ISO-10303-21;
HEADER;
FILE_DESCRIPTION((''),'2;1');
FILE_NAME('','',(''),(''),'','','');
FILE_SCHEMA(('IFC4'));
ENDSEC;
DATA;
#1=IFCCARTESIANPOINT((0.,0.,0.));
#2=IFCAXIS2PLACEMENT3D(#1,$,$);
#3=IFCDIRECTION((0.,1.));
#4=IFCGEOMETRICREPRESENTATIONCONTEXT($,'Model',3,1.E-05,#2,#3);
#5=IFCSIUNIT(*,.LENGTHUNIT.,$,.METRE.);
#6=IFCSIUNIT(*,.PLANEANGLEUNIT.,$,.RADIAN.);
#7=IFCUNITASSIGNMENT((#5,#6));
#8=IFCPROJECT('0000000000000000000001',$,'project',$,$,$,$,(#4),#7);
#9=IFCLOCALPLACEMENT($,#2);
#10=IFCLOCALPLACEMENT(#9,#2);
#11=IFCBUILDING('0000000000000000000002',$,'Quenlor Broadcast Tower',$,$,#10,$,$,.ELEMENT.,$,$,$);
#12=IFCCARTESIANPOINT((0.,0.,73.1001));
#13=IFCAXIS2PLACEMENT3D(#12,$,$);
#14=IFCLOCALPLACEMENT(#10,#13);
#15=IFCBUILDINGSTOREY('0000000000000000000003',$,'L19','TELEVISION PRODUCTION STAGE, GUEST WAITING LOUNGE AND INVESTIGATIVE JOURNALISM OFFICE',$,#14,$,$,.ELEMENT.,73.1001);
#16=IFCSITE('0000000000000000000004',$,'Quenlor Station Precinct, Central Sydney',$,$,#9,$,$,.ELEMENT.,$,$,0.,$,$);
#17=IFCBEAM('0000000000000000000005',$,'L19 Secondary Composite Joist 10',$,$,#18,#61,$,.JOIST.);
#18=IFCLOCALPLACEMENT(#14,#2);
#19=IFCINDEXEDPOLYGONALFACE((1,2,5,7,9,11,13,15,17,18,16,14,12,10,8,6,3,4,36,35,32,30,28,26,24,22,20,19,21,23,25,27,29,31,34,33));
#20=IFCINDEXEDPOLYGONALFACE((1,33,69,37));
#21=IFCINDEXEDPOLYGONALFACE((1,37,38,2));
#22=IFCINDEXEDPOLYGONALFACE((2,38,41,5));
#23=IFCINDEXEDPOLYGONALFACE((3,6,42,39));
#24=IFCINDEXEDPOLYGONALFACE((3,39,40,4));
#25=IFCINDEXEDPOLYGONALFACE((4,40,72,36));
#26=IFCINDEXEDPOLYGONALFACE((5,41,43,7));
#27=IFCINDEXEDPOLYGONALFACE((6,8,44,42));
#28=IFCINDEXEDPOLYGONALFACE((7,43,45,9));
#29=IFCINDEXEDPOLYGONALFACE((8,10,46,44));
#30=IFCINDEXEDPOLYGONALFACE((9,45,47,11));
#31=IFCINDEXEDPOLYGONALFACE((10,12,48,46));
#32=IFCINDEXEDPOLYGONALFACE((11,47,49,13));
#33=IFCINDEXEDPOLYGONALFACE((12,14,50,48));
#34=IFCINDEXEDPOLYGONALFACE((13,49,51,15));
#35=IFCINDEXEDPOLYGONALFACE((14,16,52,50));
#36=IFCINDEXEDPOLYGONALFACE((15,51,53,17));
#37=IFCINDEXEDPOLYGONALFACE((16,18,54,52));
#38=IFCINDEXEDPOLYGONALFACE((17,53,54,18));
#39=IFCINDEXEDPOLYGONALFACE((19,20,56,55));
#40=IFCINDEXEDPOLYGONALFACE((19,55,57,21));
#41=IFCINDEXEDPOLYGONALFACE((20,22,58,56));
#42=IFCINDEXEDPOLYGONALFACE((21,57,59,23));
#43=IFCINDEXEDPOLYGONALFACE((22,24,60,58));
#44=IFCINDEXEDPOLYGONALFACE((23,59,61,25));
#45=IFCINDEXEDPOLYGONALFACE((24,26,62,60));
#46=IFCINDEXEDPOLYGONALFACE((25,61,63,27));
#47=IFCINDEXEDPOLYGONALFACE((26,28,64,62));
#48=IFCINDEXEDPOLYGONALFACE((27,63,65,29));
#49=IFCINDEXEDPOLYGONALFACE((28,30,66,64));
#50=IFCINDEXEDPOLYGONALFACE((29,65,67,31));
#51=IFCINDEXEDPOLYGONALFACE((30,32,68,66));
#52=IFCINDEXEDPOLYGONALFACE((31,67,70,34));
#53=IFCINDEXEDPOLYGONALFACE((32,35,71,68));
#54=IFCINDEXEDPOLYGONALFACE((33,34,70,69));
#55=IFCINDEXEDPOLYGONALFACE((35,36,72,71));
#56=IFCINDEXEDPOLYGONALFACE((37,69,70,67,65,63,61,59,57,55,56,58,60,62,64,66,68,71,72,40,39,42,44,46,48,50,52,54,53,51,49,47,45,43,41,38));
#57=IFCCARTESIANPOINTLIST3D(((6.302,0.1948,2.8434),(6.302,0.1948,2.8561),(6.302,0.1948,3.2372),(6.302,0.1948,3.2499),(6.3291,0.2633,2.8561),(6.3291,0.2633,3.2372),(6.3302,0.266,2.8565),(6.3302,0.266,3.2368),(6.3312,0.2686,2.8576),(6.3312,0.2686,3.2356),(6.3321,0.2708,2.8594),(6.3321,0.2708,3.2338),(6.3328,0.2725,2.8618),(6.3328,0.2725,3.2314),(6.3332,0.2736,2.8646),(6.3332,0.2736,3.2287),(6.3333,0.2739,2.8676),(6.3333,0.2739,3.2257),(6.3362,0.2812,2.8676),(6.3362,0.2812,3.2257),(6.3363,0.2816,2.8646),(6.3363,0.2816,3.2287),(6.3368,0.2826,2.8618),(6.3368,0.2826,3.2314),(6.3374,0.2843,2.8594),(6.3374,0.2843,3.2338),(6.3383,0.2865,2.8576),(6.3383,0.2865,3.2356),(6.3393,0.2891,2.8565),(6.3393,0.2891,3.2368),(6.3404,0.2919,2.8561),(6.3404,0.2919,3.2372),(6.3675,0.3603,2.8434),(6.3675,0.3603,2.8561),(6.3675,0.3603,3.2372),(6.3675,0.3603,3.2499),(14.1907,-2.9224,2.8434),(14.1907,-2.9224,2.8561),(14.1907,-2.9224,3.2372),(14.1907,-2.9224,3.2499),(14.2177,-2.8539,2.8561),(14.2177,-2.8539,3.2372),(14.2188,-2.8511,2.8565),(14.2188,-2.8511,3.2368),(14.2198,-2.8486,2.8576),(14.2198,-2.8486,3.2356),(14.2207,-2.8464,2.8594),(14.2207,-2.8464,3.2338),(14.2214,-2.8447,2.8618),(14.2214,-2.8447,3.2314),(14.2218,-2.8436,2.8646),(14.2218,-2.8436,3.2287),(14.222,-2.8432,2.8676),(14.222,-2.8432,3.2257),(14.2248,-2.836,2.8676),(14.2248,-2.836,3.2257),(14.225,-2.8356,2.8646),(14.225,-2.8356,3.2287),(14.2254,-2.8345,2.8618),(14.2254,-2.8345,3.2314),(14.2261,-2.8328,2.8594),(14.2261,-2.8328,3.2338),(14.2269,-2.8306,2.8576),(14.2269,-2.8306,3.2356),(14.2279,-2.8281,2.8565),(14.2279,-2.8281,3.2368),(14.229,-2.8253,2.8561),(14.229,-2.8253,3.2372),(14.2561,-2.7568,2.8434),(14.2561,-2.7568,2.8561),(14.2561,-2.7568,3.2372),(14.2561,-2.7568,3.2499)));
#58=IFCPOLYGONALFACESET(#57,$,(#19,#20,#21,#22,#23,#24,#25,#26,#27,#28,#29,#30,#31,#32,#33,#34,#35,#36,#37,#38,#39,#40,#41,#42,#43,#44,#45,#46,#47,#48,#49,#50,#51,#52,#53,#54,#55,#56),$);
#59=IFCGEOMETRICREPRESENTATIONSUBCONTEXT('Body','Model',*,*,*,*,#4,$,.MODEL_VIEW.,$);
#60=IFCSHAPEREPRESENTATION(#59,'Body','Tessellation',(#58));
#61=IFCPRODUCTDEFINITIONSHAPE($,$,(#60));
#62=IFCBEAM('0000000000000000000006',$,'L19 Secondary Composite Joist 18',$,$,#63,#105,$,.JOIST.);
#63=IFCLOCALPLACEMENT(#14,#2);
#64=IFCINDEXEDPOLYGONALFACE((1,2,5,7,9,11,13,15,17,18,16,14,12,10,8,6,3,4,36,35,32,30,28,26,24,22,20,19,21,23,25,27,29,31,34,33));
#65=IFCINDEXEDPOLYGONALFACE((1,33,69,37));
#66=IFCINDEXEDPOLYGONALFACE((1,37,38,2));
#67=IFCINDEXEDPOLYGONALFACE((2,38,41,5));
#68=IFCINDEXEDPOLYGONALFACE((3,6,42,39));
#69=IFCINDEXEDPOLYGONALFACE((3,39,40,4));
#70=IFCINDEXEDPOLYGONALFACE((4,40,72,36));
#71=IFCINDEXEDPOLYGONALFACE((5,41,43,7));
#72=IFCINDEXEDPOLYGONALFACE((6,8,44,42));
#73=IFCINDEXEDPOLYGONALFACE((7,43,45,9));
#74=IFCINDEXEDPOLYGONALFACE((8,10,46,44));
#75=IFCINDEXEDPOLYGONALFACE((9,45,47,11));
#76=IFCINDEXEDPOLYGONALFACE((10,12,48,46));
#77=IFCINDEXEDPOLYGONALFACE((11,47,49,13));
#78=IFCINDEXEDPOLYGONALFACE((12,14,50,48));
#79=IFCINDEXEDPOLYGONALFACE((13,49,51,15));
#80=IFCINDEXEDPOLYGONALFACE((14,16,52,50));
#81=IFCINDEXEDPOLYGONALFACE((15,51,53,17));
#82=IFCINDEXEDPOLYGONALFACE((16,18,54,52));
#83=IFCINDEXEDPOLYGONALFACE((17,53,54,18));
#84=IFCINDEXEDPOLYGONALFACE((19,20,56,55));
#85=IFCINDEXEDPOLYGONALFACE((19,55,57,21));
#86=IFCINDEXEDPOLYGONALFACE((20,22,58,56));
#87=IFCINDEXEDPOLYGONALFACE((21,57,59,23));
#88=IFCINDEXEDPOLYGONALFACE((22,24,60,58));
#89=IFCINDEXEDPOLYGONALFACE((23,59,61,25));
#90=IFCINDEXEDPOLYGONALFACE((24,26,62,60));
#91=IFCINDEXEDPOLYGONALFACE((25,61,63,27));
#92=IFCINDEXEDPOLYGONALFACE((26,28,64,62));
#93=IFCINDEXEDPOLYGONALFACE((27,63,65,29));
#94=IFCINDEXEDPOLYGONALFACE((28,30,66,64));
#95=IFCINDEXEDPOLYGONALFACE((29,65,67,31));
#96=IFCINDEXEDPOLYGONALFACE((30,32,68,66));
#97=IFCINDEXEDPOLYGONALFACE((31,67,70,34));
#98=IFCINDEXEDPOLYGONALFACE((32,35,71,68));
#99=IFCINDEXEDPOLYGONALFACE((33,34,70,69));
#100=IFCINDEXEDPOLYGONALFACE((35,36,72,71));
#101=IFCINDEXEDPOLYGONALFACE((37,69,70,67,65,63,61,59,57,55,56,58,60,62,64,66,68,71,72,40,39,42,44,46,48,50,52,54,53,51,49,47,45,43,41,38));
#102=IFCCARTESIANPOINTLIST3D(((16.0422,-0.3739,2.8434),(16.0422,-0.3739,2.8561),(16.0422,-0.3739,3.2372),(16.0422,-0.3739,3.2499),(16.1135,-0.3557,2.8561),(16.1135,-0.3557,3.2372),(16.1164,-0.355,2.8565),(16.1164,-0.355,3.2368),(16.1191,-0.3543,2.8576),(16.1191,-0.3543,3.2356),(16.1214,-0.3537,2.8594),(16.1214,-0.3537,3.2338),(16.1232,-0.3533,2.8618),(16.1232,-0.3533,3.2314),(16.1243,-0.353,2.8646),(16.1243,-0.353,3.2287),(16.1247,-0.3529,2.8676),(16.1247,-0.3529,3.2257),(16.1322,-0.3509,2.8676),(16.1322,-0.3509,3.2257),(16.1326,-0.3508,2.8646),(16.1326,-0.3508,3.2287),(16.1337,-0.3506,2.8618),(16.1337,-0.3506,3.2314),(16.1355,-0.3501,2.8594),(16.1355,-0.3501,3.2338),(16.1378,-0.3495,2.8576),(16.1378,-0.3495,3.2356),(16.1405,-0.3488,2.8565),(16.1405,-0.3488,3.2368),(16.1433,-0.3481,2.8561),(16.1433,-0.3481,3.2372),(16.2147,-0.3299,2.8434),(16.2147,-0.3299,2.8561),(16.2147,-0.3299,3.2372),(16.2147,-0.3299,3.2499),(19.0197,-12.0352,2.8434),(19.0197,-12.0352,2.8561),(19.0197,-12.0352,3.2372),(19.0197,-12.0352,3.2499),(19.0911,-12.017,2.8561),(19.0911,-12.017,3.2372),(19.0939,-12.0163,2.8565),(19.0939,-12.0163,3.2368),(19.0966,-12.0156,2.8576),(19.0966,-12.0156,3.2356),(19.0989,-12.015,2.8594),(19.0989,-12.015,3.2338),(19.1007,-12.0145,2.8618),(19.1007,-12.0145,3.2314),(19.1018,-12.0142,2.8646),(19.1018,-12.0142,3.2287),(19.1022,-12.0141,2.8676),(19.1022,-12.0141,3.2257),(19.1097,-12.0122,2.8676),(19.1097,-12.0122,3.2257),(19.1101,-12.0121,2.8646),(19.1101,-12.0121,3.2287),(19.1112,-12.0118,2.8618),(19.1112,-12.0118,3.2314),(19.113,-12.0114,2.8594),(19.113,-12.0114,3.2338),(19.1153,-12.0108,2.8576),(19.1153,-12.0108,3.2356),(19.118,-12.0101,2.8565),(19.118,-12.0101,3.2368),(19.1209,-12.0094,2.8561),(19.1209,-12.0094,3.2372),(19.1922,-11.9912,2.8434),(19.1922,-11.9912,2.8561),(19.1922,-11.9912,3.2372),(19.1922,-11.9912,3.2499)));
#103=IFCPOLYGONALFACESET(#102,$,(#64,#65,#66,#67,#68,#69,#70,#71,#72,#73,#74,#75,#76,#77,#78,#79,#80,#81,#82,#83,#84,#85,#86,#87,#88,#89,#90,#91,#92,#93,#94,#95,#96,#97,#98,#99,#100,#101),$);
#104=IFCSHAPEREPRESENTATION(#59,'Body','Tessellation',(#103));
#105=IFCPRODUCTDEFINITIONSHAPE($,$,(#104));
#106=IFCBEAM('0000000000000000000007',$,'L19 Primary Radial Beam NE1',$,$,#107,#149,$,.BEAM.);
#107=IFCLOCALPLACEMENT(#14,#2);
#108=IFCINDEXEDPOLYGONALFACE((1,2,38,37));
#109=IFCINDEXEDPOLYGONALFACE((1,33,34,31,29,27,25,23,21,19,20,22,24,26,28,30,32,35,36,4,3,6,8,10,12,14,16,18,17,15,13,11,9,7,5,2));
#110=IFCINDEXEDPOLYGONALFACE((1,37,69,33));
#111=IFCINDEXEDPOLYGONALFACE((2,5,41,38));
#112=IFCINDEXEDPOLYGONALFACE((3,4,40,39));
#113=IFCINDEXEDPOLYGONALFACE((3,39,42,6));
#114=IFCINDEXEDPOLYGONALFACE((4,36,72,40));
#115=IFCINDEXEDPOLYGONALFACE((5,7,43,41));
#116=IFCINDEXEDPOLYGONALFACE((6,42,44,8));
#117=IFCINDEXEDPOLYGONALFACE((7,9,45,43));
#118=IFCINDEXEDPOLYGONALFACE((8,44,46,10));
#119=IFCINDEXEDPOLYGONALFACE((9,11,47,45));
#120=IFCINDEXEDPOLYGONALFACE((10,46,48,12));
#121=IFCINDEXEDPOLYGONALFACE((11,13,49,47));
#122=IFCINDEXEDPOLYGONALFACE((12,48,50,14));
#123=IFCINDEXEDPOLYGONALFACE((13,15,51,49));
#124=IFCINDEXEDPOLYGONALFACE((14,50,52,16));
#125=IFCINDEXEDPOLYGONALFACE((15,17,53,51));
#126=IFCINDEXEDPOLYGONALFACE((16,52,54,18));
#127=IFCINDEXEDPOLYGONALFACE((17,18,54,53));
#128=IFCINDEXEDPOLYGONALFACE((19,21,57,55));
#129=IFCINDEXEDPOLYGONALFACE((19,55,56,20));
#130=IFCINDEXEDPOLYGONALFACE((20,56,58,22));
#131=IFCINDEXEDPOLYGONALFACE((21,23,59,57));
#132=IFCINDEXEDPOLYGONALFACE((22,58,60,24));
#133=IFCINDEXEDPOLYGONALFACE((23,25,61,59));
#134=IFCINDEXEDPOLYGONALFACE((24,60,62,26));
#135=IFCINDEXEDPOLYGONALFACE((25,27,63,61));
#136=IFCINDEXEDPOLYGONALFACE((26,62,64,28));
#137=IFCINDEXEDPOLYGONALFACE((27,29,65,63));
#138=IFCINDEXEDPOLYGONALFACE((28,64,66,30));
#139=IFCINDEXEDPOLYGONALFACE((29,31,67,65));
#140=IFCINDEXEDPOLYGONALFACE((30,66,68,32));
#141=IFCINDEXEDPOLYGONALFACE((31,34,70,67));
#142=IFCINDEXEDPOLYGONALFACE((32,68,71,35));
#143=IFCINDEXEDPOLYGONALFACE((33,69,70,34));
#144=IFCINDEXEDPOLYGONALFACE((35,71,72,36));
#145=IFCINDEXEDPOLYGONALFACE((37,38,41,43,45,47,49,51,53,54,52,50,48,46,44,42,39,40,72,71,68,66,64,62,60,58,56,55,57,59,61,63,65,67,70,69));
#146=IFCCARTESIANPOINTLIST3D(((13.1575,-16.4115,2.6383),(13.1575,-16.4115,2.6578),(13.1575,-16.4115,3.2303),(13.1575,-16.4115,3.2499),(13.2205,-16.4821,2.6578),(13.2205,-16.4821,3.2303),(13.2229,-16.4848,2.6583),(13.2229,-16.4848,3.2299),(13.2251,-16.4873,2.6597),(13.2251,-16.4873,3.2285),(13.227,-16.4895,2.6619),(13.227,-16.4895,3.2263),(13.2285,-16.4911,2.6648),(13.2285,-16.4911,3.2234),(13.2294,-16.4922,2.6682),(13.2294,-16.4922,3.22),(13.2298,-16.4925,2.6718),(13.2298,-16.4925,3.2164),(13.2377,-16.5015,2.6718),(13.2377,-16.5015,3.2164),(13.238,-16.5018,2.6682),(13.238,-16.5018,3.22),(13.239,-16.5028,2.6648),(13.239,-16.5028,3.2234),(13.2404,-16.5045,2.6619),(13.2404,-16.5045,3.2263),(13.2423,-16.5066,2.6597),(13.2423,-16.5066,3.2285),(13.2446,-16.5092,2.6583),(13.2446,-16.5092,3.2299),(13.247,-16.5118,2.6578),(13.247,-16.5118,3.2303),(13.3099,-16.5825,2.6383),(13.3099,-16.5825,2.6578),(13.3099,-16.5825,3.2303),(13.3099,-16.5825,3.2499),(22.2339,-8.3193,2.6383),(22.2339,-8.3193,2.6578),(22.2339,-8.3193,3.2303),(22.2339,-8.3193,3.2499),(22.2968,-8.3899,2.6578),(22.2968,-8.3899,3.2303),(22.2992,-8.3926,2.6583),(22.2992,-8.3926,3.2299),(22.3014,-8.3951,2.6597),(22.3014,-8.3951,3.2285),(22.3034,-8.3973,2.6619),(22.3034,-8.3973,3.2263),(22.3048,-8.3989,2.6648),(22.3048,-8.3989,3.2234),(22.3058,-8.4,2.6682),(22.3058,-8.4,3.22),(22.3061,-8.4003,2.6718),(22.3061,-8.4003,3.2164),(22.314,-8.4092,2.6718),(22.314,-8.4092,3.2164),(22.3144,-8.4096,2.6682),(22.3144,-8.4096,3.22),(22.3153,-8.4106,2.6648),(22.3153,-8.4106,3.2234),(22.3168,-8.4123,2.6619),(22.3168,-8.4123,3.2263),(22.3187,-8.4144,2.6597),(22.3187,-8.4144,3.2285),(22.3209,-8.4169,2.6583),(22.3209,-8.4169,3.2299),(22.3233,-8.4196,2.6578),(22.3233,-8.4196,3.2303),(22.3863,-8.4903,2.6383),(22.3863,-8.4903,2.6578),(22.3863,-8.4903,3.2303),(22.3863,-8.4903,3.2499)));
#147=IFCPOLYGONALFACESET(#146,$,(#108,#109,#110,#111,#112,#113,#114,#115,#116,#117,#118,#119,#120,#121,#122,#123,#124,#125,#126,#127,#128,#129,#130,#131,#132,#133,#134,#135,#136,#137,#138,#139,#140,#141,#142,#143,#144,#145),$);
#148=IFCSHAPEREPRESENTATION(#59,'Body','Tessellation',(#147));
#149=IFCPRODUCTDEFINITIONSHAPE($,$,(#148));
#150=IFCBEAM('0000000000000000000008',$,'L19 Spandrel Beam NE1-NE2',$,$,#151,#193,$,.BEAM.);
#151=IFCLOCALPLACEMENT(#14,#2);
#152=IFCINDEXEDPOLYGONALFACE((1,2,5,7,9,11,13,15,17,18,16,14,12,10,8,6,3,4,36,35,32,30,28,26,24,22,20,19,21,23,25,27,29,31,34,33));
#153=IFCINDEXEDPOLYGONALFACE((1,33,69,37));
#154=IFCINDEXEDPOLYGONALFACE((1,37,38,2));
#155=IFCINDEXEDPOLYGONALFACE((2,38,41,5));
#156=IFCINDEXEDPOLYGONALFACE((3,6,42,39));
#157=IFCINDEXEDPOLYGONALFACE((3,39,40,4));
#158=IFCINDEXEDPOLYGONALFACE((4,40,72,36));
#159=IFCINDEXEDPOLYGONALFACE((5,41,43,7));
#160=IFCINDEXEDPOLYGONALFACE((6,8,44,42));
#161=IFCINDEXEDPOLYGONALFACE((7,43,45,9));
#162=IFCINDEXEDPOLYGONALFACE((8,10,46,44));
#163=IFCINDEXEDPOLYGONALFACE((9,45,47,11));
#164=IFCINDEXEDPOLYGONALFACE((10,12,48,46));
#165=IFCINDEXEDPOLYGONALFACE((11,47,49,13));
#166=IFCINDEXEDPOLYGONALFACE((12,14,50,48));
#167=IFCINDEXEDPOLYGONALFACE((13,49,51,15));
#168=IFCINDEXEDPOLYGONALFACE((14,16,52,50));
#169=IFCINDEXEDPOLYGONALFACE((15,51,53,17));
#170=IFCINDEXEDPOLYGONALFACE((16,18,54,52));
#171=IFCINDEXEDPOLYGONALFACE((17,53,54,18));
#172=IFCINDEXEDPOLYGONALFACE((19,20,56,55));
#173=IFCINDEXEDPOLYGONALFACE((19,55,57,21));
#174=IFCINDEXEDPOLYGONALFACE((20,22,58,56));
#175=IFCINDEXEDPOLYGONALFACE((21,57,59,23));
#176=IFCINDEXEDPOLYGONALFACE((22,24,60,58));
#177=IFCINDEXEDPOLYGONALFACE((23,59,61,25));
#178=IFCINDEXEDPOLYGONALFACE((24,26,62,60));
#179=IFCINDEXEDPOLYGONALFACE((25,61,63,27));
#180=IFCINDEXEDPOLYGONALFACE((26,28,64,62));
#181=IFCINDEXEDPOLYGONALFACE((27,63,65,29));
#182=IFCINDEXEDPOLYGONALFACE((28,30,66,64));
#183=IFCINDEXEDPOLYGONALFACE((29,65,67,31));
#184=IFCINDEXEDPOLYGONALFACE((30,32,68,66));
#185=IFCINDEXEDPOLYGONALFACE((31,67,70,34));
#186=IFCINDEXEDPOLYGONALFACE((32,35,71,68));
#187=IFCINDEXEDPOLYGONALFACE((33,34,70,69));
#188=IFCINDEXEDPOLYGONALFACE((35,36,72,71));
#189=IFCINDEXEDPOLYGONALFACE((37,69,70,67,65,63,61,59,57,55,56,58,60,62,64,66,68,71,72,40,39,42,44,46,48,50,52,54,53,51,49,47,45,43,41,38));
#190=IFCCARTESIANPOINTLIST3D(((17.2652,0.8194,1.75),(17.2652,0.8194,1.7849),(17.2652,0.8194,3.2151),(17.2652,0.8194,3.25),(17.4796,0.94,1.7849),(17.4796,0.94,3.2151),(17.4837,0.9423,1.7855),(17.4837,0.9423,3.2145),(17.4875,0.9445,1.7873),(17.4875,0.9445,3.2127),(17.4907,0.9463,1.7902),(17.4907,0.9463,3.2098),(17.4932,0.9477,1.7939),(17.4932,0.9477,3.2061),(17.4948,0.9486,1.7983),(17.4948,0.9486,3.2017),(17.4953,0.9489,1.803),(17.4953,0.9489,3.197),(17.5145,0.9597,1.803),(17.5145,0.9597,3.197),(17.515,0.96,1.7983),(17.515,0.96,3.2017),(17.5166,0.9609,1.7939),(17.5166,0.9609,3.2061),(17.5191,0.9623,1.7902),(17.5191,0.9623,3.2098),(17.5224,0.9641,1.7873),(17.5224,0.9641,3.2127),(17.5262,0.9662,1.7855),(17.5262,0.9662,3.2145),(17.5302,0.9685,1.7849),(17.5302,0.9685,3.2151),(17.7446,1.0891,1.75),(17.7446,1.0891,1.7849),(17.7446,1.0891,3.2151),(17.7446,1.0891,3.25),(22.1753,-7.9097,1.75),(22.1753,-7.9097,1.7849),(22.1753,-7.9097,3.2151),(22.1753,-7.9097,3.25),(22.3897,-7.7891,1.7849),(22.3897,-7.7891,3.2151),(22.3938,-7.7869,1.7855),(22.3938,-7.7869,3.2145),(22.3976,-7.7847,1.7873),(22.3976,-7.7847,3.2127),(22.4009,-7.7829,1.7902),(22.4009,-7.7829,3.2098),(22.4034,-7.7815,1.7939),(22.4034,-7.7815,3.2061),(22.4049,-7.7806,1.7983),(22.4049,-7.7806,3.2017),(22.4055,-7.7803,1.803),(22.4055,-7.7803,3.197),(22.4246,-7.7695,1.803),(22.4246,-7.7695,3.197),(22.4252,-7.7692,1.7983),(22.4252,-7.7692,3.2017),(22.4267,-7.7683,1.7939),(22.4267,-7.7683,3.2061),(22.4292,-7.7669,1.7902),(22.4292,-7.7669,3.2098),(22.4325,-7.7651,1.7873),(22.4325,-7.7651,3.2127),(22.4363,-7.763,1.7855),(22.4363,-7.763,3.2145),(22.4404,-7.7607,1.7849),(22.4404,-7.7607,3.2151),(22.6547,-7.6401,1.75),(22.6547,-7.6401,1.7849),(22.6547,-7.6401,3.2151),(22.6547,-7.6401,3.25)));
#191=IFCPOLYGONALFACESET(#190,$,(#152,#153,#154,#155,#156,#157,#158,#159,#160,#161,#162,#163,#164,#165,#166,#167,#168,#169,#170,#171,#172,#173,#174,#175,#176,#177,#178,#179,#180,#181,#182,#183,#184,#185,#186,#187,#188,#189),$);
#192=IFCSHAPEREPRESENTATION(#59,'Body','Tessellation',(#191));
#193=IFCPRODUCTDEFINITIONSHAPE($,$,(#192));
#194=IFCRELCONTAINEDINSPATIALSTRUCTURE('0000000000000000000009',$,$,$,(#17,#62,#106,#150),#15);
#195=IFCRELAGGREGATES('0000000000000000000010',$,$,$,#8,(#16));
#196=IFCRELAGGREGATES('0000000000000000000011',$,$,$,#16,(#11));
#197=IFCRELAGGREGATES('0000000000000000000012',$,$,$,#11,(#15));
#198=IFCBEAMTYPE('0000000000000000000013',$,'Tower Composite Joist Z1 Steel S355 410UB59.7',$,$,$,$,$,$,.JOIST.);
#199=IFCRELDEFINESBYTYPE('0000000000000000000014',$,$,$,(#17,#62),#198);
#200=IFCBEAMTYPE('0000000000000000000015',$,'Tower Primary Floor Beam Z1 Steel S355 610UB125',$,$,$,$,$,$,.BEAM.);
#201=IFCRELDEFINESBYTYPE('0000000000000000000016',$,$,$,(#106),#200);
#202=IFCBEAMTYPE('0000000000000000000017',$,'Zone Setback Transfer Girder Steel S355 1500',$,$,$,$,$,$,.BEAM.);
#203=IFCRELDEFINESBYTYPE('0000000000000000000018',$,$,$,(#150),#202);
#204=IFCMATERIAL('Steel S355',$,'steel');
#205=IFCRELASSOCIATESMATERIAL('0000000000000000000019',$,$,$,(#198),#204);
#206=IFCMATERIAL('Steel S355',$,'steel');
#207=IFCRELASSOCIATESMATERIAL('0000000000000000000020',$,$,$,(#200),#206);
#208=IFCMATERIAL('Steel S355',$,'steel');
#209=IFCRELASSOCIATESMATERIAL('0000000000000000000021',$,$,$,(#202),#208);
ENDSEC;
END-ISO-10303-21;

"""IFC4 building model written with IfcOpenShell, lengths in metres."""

from ifc_helpers import new_model, si_unit, direction, frame, origin, origin_2d, place, context, subcontext, project, spatial, i_section, extrude, material, material_profile, profile_set, type_object, element, save


model = new_model("IFC4")

# Units and contexts
model_context = context("Model", 3, precision=1e-05, world=origin(), true_north=direction((0.0, 1.0)))
body_context = subcontext(model_context, "Body", "Model", "MODEL_VIEW")
ifc_project = project(units=[si_unit("LENGTHUNIT", "METRE"), si_unit("PLANEANGLEUNIT", "RADIAN")], contexts=[model_context])

# Site, building, storey
site_placement = place(None, origin())
site = spatial("IfcSite", under=ifc_project, at=site_placement, Name="Quenlor Station Precinct, Central Sydney", CompositionType="ELEMENT", RefElevation=0.0)
building_placement = place(site_placement, origin())
building = spatial("IfcBuilding", under=site, at=building_placement, Name="Quenlor Broadcast Tower", CompositionType="ELEMENT")
storey_placement = place(building_placement, frame((0.0, 0.0, 73.1001)))
storey = spatial("IfcBuildingStorey", under=building, at=storey_placement, Name="L19", Description="TELEVISION PRODUCTION STAGE, GUEST WAITING LOUNGE AND INVESTIGATIVE JOURNALISM OFFICE", CompositionType="ELEMENT", Elevation=73.1001)

# Beams
ifc_material_1 = material(Name="Steel S355", Category="steel")
ifc_material_profile_1 = material_profile(ifc_material_1, i_section(OverallWidth=0.178, OverallDepth=0.4065, WebThickness=0.0078, FlangeThickness=0.0127, FilletRadius=0.0115, at=origin_2d()))
ifc_profile_set_1 = profile_set([ifc_material_profile_1], Name="Steel S355 410UB59.7")
beam_type_1 = type_object("IfcBeamType", Name="Tower Composite Joist Z1 Steel S355 410UB59.7", PredefinedType="JOIST", material=ifc_profile_set_1)
beam_1_placement = place(storey_placement, frame((14.2234, -2.8396, 3.0466), z_axis=(-0.930025, 0.367497, 0.0), x_axis=(-0.367497, -0.930025, 0.0)))
element("IfcBeam", 1, at=beam_1_placement, inside=storey, type_object=beam_type_1, Name="L19 Secondary Composite Joist 10", PredefinedType="JOIST", context=body_context, shape_type="SweptSolid", body=[
    extrude(i_section(OverallWidth=0.178, OverallDepth=0.4065, WebThickness=0.0078, FlangeThickness=0.0127, FilletRadius=0.0115, at=origin_2d()), origin(), (0.0, 0.0, 1.0), 8.4822),
])
beam_2_placement = place(storey_placement, frame((19.106, -12.0132, 3.0466), z_axis=(-0.247396, 0.968914, 0.0), x_axis=(-0.968914, -0.247396, 0.0)))
element("IfcBeam", 2, at=beam_2_placement, inside=storey, type_object=beam_type_1, Name="L19 Secondary Composite Joist 18", PredefinedType="JOIST", context=body_context, shape_type="SweptSolid", body=[
    extrude(i_section(OverallWidth=0.178, OverallDepth=0.4065, WebThickness=0.0078, FlangeThickness=0.0127, FilletRadius=0.0115, at=origin_2d()), origin(), (0.0, 0.0, 1.0), 12.0354),
])
ifc_material_2 = material(Name="Steel S355", Category="steel")
ifc_material_profile_2 = material_profile(ifc_material_2, i_section(OverallWidth=0.229, OverallDepth=0.6116, WebThickness=0.012, FlangeThickness=0.0195, FilletRadius=0.0139, at=origin_2d()))
ifc_profile_set_2 = profile_set([ifc_material_profile_2], Name="Steel S355 610UB125")
beam_type_2 = type_object("IfcBeamType", Name="Tower Primary Floor Beam Z1 Steel S355 610UB125", PredefinedType="BEAM", material=ifc_profile_set_2)
beam_3_placement = place(storey_placement, frame((22.3101, -8.4048, 2.9441), z_axis=(-0.746414, -0.665482, 0.0), x_axis=(0.665482, -0.746414, 0.0)))
element("IfcBeam", 3, at=beam_3_placement, inside=storey, type_object=beam_type_2, Name="L19 Primary Radial Beam NE1", PredefinedType="BEAM", context=body_context, shape_type="SweptSolid", body=[
    extrude(i_section(OverallWidth=0.229, OverallDepth=0.6116, WebThickness=0.012, FlangeThickness=0.0195, FilletRadius=0.0139, at=origin_2d()), origin(), (0.0, 0.0, 1.0), 12.1599),
])
ifc_material_3 = material(Name="Steel S355", Category="steel")
ifc_material_profile_3 = material_profile(ifc_material_3, i_section(OverallWidth=0.55, OverallDepth=1.5, WebThickness=0.022, FlangeThickness=0.0349, FilletRadius=0.0181, at=origin_2d()))
ifc_profile_set_3 = profile_set([ifc_material_profile_3], Name="Steel S355 1500TG510")
beam_type_3 = type_object("IfcBeamType", Name="Zone Setback Transfer Girder Steel S355 1500", PredefinedType="BEAM", material=ifc_profile_set_3)
beam_4_placement = place(storey_placement, frame((22.415, -7.7749, 2.5), z_axis=(-0.490258, 0.871577, 0.0), x_axis=(-0.871577, -0.490258, 0.0)))
element("IfcBeam", 4, at=beam_4_placement, inside=storey, type_object=beam_type_3, Name="L19 Spandrel Beam NE1-NE2", PredefinedType="BEAM", context=body_context, shape_type="SweptSolid", body=[
    extrude(i_section(OverallWidth=0.55, OverallDepth=1.5, WebThickness=0.022, FlangeThickness=0.0349, FilletRadius=0.0181, at=origin_2d()), origin(), (0.0, 0.0, 1.0), 10.0154),
])

save(model, "model.ifc")
